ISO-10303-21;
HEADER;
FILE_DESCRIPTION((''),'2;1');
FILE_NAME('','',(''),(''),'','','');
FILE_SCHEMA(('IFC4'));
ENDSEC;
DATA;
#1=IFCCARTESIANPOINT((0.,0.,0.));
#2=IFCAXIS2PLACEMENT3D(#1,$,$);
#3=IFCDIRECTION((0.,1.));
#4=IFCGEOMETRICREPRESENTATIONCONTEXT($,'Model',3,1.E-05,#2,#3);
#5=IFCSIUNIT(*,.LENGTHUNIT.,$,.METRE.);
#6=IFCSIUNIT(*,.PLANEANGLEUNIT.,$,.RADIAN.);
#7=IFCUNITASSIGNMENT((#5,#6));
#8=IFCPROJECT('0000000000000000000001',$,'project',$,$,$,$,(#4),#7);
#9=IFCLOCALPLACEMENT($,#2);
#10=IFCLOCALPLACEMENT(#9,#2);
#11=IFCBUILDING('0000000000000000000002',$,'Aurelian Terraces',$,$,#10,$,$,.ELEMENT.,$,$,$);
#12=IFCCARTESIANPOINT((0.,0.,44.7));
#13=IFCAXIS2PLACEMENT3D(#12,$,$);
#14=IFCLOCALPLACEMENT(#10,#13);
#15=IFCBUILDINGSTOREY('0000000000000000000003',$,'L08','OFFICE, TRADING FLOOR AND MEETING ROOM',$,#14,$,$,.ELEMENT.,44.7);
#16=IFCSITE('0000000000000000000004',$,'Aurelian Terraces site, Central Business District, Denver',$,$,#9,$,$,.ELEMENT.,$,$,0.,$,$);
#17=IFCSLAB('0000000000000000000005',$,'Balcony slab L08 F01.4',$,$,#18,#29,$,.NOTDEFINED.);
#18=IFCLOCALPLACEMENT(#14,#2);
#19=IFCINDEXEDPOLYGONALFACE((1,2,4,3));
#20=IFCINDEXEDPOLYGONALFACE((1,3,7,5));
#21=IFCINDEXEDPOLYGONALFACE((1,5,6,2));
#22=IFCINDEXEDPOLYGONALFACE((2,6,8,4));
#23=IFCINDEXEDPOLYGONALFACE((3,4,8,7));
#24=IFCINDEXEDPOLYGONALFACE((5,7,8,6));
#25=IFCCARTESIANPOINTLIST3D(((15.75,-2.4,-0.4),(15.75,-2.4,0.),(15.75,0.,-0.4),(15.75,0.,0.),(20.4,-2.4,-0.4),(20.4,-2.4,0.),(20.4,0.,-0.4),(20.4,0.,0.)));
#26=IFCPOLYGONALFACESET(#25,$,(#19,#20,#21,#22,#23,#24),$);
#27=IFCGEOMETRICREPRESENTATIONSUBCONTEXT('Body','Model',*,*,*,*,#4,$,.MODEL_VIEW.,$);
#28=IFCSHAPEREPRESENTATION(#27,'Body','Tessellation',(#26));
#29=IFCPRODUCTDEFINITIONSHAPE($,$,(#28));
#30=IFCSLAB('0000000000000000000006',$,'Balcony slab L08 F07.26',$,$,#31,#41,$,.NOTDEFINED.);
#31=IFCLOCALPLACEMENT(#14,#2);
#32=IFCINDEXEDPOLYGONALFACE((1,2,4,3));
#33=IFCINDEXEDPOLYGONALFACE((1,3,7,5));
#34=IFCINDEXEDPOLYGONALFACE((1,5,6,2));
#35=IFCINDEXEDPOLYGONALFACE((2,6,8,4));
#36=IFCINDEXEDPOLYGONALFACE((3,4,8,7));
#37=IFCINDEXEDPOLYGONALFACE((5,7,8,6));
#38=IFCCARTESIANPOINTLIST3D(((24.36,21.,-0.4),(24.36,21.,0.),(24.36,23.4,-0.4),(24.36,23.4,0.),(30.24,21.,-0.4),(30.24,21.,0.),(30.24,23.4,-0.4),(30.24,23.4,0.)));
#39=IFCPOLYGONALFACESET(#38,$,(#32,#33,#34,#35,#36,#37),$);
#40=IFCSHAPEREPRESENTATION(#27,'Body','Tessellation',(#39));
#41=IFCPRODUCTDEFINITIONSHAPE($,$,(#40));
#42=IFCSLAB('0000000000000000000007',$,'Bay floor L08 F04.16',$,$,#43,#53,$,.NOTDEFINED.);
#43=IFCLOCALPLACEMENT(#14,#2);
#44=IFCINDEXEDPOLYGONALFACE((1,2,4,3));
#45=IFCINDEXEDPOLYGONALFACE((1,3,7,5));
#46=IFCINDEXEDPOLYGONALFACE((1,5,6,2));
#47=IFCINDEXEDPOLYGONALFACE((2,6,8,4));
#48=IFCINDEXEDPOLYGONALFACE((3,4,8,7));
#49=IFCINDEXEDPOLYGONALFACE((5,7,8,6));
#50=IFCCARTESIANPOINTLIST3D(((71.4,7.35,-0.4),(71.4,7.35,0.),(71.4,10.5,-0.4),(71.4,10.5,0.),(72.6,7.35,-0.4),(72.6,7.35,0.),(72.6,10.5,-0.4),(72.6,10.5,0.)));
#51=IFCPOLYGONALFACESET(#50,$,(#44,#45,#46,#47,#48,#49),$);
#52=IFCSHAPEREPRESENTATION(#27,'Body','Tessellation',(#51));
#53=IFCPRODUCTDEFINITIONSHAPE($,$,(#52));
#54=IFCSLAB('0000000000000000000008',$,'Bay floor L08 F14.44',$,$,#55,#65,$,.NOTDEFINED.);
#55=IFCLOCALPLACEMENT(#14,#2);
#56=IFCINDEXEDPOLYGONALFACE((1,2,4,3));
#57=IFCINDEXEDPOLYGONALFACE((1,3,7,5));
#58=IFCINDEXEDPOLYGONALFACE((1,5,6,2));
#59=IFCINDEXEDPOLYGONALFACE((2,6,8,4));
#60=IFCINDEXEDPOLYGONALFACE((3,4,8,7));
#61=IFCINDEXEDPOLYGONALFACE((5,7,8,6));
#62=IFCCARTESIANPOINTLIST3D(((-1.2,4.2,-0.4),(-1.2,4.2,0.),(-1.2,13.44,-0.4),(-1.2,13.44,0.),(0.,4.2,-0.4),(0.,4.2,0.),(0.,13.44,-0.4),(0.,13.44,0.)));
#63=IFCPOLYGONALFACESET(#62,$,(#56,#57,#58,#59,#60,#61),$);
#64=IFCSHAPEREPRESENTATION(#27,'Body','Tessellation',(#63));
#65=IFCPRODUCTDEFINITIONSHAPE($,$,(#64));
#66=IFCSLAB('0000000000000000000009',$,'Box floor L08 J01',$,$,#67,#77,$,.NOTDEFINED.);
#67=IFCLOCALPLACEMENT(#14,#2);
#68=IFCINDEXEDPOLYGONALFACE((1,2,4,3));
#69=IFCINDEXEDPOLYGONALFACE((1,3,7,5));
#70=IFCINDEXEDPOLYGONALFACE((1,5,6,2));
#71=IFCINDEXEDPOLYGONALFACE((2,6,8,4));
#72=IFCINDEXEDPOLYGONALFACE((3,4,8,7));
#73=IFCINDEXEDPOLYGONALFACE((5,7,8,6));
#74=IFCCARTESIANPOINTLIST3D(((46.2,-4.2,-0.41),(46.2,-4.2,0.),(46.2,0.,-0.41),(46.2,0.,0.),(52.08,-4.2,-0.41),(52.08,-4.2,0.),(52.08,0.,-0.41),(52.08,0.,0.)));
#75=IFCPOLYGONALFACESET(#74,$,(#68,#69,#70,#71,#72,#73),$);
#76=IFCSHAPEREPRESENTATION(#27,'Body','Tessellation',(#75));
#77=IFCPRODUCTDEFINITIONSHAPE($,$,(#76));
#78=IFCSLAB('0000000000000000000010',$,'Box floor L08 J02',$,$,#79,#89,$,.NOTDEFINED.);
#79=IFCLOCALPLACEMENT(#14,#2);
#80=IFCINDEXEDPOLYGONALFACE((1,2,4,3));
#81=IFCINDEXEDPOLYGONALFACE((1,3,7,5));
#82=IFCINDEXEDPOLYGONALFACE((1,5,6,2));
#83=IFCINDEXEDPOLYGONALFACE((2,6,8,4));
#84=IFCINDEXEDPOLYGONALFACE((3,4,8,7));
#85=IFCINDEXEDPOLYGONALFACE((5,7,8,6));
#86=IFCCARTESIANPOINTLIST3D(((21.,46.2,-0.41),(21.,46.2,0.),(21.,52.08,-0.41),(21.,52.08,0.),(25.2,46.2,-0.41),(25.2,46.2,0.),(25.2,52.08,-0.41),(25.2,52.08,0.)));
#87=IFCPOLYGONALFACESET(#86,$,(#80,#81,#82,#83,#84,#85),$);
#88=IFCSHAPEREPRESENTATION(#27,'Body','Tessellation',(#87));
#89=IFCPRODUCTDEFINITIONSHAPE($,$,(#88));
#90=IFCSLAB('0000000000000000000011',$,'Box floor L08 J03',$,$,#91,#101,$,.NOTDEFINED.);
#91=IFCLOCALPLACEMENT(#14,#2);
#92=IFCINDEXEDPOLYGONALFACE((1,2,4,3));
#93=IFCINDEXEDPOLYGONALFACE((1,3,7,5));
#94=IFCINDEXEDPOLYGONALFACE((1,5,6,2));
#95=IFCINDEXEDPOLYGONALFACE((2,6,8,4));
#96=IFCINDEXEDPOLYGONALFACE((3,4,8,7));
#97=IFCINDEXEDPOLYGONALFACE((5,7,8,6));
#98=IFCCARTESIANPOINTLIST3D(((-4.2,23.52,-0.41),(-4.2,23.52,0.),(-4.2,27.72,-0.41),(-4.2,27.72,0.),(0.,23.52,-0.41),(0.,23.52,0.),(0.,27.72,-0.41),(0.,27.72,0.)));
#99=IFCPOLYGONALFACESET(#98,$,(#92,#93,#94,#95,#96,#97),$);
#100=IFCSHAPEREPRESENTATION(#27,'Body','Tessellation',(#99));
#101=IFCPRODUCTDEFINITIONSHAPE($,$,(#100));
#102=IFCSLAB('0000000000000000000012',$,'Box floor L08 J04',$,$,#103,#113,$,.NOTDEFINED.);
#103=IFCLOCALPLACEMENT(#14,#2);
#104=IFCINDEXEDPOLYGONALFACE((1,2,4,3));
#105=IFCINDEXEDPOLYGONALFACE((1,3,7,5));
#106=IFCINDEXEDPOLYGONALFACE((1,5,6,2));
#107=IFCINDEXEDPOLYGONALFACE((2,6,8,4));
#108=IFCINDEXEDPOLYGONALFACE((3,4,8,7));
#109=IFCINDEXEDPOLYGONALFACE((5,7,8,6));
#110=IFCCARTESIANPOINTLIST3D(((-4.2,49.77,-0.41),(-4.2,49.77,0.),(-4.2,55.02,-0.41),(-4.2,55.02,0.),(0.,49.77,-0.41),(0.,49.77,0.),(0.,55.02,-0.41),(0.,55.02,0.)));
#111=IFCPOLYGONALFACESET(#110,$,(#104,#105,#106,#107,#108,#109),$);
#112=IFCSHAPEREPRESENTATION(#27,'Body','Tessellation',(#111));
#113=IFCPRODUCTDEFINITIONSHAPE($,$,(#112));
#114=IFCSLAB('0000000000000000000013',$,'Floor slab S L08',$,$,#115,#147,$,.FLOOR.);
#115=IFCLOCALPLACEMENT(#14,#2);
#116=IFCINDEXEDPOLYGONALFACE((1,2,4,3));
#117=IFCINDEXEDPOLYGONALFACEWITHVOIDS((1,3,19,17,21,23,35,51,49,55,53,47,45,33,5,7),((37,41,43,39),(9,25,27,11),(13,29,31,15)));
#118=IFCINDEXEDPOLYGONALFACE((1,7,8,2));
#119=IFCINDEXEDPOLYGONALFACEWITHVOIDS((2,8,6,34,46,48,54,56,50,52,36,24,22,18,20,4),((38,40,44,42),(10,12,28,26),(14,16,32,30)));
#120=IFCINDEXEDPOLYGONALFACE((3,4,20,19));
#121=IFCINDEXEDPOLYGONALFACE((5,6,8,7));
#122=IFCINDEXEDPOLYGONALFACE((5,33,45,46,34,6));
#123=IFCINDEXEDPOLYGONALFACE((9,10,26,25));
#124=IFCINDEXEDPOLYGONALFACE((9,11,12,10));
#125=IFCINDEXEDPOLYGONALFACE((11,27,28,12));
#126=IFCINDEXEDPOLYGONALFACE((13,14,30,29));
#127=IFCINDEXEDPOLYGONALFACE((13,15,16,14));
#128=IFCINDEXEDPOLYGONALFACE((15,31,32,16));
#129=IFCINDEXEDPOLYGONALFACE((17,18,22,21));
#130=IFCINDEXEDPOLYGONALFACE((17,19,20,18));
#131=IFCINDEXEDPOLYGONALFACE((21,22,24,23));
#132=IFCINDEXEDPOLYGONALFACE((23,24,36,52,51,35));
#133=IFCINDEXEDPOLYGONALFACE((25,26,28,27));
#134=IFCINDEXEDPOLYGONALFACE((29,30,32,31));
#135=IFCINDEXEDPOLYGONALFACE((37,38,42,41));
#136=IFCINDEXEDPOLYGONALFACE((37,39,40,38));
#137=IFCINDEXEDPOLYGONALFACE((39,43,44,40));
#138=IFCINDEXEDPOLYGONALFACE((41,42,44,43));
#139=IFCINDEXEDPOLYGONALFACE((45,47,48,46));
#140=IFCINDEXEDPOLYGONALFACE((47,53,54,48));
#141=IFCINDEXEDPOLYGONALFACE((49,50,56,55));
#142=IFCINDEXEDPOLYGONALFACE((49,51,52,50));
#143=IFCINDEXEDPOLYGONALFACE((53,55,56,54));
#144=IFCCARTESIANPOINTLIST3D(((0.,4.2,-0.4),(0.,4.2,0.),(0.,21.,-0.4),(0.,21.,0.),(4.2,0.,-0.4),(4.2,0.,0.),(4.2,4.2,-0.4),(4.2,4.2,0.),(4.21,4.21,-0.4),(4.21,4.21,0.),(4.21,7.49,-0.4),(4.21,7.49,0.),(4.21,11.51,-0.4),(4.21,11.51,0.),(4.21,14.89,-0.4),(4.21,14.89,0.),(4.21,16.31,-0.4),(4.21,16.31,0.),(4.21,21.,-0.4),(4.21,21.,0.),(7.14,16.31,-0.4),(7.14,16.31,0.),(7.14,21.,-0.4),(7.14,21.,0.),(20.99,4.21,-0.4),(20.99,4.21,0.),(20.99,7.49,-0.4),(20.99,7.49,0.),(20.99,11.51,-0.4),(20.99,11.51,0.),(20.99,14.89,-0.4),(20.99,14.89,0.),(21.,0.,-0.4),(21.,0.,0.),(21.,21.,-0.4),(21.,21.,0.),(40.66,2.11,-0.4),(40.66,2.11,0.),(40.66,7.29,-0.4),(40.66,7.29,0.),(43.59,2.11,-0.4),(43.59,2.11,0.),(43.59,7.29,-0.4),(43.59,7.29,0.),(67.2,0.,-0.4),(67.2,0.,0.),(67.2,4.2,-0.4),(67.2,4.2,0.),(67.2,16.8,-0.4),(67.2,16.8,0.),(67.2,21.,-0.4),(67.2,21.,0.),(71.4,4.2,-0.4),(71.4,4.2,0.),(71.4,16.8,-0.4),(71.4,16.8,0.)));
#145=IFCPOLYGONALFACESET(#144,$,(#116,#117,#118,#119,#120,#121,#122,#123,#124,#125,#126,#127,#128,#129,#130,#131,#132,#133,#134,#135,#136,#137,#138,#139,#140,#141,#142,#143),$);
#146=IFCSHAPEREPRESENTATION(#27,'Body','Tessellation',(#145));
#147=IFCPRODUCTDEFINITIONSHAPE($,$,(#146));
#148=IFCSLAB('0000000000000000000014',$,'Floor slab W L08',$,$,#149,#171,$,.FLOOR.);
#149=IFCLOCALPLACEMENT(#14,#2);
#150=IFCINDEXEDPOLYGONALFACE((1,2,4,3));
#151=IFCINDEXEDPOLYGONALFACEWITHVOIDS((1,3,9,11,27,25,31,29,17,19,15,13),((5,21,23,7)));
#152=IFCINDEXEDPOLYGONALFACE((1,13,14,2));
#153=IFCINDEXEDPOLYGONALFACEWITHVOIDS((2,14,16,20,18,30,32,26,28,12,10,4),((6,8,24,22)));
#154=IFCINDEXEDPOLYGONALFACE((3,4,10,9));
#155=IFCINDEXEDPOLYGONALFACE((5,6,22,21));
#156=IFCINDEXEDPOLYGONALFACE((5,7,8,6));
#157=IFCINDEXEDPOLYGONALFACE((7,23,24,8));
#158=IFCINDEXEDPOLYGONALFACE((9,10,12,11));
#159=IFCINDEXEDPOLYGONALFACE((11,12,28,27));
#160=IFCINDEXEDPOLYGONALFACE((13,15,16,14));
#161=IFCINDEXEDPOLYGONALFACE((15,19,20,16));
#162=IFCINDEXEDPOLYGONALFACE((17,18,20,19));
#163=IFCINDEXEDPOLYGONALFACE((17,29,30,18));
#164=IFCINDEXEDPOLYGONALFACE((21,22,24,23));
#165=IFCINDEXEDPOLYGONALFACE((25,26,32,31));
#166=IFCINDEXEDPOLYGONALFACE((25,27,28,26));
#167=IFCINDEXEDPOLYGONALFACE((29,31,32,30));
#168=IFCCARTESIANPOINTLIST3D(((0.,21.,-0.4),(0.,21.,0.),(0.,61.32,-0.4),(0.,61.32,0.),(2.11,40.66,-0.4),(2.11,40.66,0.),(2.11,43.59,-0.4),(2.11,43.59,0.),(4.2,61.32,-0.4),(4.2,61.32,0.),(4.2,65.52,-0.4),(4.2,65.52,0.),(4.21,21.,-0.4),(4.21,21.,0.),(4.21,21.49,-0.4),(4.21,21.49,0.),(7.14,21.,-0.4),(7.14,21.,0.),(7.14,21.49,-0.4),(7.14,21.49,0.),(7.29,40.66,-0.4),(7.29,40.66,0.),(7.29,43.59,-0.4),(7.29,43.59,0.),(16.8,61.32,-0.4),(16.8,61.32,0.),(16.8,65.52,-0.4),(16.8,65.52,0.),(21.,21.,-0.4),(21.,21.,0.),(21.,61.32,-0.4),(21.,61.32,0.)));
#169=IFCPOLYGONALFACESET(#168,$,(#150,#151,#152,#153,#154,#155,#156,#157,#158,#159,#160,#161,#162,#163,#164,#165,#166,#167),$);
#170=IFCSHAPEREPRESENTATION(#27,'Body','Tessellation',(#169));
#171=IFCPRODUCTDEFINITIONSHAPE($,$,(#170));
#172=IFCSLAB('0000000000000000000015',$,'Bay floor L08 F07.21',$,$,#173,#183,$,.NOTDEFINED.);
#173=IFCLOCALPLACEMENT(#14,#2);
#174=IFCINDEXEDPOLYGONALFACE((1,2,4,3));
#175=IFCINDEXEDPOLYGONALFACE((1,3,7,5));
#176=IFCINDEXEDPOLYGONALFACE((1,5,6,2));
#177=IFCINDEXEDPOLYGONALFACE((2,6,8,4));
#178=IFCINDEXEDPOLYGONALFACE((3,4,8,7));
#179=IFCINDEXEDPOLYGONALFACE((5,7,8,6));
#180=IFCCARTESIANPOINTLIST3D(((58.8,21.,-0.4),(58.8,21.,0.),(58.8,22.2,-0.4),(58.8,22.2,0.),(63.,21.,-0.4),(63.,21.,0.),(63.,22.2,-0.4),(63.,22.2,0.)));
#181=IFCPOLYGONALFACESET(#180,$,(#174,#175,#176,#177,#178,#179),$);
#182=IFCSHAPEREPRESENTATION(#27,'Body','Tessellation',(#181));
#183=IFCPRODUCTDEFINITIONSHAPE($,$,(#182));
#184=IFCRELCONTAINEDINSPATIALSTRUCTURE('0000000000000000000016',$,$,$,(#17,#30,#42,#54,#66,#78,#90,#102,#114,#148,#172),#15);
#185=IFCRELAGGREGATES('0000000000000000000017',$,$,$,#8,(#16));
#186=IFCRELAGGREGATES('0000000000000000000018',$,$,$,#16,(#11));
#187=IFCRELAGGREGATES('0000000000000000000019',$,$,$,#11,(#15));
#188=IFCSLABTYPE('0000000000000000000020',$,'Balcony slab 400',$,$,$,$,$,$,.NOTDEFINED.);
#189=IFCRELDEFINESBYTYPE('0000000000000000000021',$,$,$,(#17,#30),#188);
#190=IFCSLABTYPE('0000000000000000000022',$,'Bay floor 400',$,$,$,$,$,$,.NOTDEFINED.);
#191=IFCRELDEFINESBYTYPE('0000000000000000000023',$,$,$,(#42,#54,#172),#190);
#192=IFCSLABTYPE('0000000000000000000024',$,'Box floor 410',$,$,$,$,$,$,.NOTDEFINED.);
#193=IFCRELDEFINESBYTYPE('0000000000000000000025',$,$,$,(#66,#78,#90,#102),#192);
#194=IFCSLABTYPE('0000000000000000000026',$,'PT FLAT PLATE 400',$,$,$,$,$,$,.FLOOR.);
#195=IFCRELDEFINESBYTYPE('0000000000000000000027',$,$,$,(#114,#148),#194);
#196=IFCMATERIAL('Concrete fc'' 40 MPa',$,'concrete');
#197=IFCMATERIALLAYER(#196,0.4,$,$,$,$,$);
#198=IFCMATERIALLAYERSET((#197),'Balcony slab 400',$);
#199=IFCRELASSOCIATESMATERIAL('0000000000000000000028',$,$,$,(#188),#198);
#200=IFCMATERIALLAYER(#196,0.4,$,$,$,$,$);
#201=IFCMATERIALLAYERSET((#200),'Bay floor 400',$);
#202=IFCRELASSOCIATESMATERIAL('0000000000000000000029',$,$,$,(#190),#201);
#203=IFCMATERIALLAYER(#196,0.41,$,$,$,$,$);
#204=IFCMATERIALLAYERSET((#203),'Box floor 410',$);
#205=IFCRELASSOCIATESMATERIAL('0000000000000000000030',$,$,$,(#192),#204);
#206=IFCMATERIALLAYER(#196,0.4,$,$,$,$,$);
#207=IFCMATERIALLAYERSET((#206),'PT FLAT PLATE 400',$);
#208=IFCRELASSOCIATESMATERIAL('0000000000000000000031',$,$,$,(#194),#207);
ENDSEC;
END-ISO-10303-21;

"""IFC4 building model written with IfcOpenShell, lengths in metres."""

from ifc_helpers import new_model, si_unit, direction, frame, origin, place, context, subcontext, project, spatial, polyline, outline, extrude, source, transform, mapped, material, layer, layer_set, type_object, element, save


model = new_model("IFC4")

# Units and contexts
model_context = context("Model", 3, precision=1e-05, world=origin(), true_north=direction((0.0, 1.0)))
body_context = subcontext(model_context, "Body", "Model", "MODEL_VIEW")
ifc_project = project(units=[si_unit("LENGTHUNIT", "METRE"), si_unit("PLANEANGLEUNIT", "RADIAN")], contexts=[model_context])

# Site, building, storey
site_placement = place(None, origin())
site = spatial("IfcSite", under=ifc_project, at=site_placement, Name="Aurelian Terraces site, Central Business District, Denver", CompositionType="ELEMENT", RefElevation=0.0)
building_placement = place(site_placement, origin())
building = spatial("IfcBuilding", under=site, at=building_placement, Name="Aurelian Terraces", CompositionType="ELEMENT")
storey_placement = place(building_placement, frame((0.0, 0.0, 44.7)))
storey = spatial("IfcBuildingStorey", under=building, at=storey_placement, Name="L08", Description="OFFICE, TRADING FLOOR AND MEETING ROOM", CompositionType="ELEMENT", Elevation=44.7)

# Slabs
ifc_material_1 = material(Name="Concrete fc' 40 MPa", Category="concrete")
ifc_layer_1 = layer(ifc_material_1, 0.4)
ifc_layer_set_1 = layer_set([ifc_layer_1], Name="Balcony slab 400")
slab_type_1 = type_object("IfcSlabType", Name="Balcony slab 400", PredefinedType="NOTDEFINED", material=ifc_layer_set_1)
slab_1_placement = place(storey_placement, frame((0.0, 0.0, -0.4)))
element("IfcSlab", 1, at=slab_1_placement, inside=storey, type_object=slab_type_1, Name="Balcony slab L08 F01.4", PredefinedType="NOTDEFINED", context=body_context, shape_type="SweptSolid", body=[
    extrude(outline(polyline([(15.75, 0.0), (20.4, 0.0), (20.4, -2.4), (15.75, -2.4), (15.75, 0.0)])), origin(), (0.0, 0.0, 1.0), 0.4),
])
slab_2_placement = place(storey_placement, frame((0.0, 0.0, -0.4)))
element("IfcSlab", 2, at=slab_2_placement, inside=storey, type_object=slab_type_1, Name="Balcony slab L08 F07.26", PredefinedType="NOTDEFINED", context=body_context, shape_type="SweptSolid", body=[
    extrude(outline(polyline([(30.24, 21.0), (24.36, 21.0), (24.36, 23.4), (30.24, 23.4), (30.24, 21.0)])), origin(), (0.0, 0.0, 1.0), 0.4),
])
ifc_layer_2 = layer(ifc_material_1, 0.4)
ifc_layer_set_2 = layer_set([ifc_layer_2], Name="Bay floor 400")
slab_type_2 = type_object("IfcSlabType", Name="Bay floor 400", PredefinedType="NOTDEFINED", material=ifc_layer_set_2)
slab_3_placement = place(storey_placement, frame((0.0, 0.0, -0.4)))
element("IfcSlab", 3, at=slab_3_placement, inside=storey, type_object=slab_type_2, Name="Bay floor L08 F04.16", PredefinedType="NOTDEFINED", context=body_context, shape_type="SweptSolid", body=[
    extrude(outline(polyline([(71.4, 7.35), (71.4, 10.5), (72.6, 10.5), (72.6, 7.35), (71.4, 7.35)])), origin(), (0.0, 0.0, 1.0), 0.4),
])
slab_4_placement = place(storey_placement, frame((0.0, 0.0, -0.4)))
element("IfcSlab", 4, at=slab_4_placement, inside=storey, type_object=slab_type_2, Name="Bay floor L08 F14.44", PredefinedType="NOTDEFINED", context=body_context, shape_type="SweptSolid", body=[
    extrude(outline(polyline([(0.0, 13.44), (0.0, 4.2), (-1.2, 4.2), (-1.2, 13.44), (0.0, 13.44)])), origin(), (0.0, 0.0, 1.0), 0.4),
])
ifc_layer_3 = layer(ifc_material_1, 0.41)
ifc_layer_set_3 = layer_set([ifc_layer_3], Name="Box floor 410")
slab_type_3 = type_object("IfcSlabType", Name="Box floor 410", PredefinedType="NOTDEFINED", material=ifc_layer_set_3)
slab_5_placement = place(storey_placement, frame((0.0, 0.0, -0.41)))
element("IfcSlab", 5, at=slab_5_placement, inside=storey, type_object=slab_type_3, Name="Box floor L08 J01", PredefinedType="NOTDEFINED", context=body_context, shape_type="SweptSolid", body=[
    extrude(outline(polyline([(46.2, -4.2), (52.08, -4.2), (52.08, 0.0), (46.2, 0.0), (46.2, -4.2)])), origin(), (0.0, 0.0, 1.0), 0.41),
])
slab_6_placement = place(storey_placement, frame((0.0, 0.0, -0.41)))
element("IfcSlab", 6, at=slab_6_placement, inside=storey, type_object=slab_type_3, Name="Box floor L08 J02", PredefinedType="NOTDEFINED", context=body_context, shape_type="SweptSolid", body=[
    extrude(outline(polyline([(25.2, 46.2), (25.2, 52.08), (21.0, 52.08), (21.0, 46.2), (25.2, 46.2)])), origin(), (0.0, 0.0, 1.0), 0.41),
])
slab_7_placement = place(storey_placement, frame((0.0, 0.0, -0.41)))
element("IfcSlab", 7, at=slab_7_placement, inside=storey, type_object=slab_type_3, Name="Box floor L08 J03", PredefinedType="NOTDEFINED", context=body_context, shape_type="SweptSolid", body=[
    extrude(outline(polyline([(-4.2, 27.72), (-4.2, 23.52), (0.0, 23.52), (0.0, 27.72), (-4.2, 27.72)])), origin(), (0.0, 0.0, 1.0), 0.41),
])
slab_8_placement = place(storey_placement, frame((0.0, 0.0, -0.41)))
element("IfcSlab", 8, at=slab_8_placement, inside=storey, type_object=slab_type_3, Name="Box floor L08 J04", PredefinedType="NOTDEFINED", context=body_context, shape_type="SweptSolid", body=[
    extrude(outline(polyline([(-4.2, 55.02), (-4.2, 49.77), (0.0, 49.77), (0.0, 55.02), (-4.2, 55.02)])), origin(), (0.0, 0.0, 1.0), 0.41),
])
ifc_layer_4 = layer(ifc_material_1, 0.4)
ifc_layer_set_4 = layer_set([ifc_layer_4], Name="PT FLAT PLATE 400")
slab_type_4 = type_object("IfcSlabType", Name="PT FLAT PLATE 400", PredefinedType="FLOOR", material=ifc_layer_set_4)
shared_shape_1 = source(origin(), body_context, "Body", "SweptSolid", [
    extrude(outline(polyline([(67.2, 16.8), (71.4, 16.8), (71.4, 4.2), (67.2, 4.2), (67.2, 0.0), (21.0, 0.0), (4.2, 0.0), (4.2, 4.2), (0.0, 4.2), (0.0, 21.0), (4.21, 21.0), (4.21, 16.31), (7.14, 16.31), (7.14, 21.0), (21.0, 21.0), (67.2, 21.0), (67.2, 16.8)]), holes=[polyline([(40.66, 2.11), (43.59, 2.11), (43.59, 7.29), (40.66, 7.29), (40.66, 2.11)]), polyline([(4.21, 7.49), (4.21, 4.21), (20.99, 4.21), (20.99, 7.49), (4.21, 7.49)]), polyline([(4.21, 14.89), (4.21, 11.51), (20.99, 11.51), (20.99, 14.89), (4.21, 14.89)])]), origin(), (0.0, 0.0, 1.0), 0.4),
])
slab_9_placement = place(storey_placement, frame((0.0, 0.0, -0.4)))
element("IfcSlab", 9, at=slab_9_placement, inside=storey, type_object=slab_type_4, Name="Floor slab S L08", PredefinedType="FLOOR", context=body_context, shape_type="MappedRepresentation", body=[
    mapped(shared_shape_1, transform((0.0, 0.0, 0.0), scale=1.0)),
])
shared_shape_2 = source(origin(), body_context, "Body", "SweptSolid", [
    extrude(outline(polyline([(7.14, 21.0), (7.14, 21.49), (4.21, 21.49), (4.21, 21.0), (0.0, 21.0), (0.0, 61.32), (4.2, 61.32), (4.2, 65.52), (16.8, 65.52), (16.8, 61.32), (21.0, 61.32), (21.0, 21.0), (7.14, 21.0)]), holes=[polyline([(7.29, 43.59), (2.11, 43.59), (2.11, 40.66), (7.29, 40.66), (7.29, 43.59)])]), origin(), (0.0, 0.0, 1.0), 0.4),
])
slab_10_placement = place(storey_placement, frame((0.0, 0.0, -0.4)))
element("IfcSlab", 10, at=slab_10_placement, inside=storey, type_object=slab_type_4, Name="Floor slab W L08", PredefinedType="FLOOR", context=body_context, shape_type="MappedRepresentation", body=[
    mapped(shared_shape_2, transform((0.0, 0.0, 0.0), scale=1.0)),
])
shared_shape_3 = source(origin(), body_context, "Body", "SweptSolid", [
    extrude(outline(polyline([(63.0, 21.0), (58.8, 21.0), (58.8, 22.2), (63.0, 22.2), (63.0, 21.0)])), origin(), (0.0, 0.0, 1.0), 0.4),
])
slab_11_placement = place(storey_placement, frame((0.0, 0.0, -0.4)))
element("IfcSlab", 11, at=slab_11_placement, inside=storey, type_object=slab_type_2, Name="Bay floor L08 F07.21", PredefinedType="NOTDEFINED", context=body_context, shape_type="MappedRepresentation", body=[
    mapped(shared_shape_3, transform((0.0, 0.0, 0.0), scale=1.0)),
])

save(model, "model.ifc")
